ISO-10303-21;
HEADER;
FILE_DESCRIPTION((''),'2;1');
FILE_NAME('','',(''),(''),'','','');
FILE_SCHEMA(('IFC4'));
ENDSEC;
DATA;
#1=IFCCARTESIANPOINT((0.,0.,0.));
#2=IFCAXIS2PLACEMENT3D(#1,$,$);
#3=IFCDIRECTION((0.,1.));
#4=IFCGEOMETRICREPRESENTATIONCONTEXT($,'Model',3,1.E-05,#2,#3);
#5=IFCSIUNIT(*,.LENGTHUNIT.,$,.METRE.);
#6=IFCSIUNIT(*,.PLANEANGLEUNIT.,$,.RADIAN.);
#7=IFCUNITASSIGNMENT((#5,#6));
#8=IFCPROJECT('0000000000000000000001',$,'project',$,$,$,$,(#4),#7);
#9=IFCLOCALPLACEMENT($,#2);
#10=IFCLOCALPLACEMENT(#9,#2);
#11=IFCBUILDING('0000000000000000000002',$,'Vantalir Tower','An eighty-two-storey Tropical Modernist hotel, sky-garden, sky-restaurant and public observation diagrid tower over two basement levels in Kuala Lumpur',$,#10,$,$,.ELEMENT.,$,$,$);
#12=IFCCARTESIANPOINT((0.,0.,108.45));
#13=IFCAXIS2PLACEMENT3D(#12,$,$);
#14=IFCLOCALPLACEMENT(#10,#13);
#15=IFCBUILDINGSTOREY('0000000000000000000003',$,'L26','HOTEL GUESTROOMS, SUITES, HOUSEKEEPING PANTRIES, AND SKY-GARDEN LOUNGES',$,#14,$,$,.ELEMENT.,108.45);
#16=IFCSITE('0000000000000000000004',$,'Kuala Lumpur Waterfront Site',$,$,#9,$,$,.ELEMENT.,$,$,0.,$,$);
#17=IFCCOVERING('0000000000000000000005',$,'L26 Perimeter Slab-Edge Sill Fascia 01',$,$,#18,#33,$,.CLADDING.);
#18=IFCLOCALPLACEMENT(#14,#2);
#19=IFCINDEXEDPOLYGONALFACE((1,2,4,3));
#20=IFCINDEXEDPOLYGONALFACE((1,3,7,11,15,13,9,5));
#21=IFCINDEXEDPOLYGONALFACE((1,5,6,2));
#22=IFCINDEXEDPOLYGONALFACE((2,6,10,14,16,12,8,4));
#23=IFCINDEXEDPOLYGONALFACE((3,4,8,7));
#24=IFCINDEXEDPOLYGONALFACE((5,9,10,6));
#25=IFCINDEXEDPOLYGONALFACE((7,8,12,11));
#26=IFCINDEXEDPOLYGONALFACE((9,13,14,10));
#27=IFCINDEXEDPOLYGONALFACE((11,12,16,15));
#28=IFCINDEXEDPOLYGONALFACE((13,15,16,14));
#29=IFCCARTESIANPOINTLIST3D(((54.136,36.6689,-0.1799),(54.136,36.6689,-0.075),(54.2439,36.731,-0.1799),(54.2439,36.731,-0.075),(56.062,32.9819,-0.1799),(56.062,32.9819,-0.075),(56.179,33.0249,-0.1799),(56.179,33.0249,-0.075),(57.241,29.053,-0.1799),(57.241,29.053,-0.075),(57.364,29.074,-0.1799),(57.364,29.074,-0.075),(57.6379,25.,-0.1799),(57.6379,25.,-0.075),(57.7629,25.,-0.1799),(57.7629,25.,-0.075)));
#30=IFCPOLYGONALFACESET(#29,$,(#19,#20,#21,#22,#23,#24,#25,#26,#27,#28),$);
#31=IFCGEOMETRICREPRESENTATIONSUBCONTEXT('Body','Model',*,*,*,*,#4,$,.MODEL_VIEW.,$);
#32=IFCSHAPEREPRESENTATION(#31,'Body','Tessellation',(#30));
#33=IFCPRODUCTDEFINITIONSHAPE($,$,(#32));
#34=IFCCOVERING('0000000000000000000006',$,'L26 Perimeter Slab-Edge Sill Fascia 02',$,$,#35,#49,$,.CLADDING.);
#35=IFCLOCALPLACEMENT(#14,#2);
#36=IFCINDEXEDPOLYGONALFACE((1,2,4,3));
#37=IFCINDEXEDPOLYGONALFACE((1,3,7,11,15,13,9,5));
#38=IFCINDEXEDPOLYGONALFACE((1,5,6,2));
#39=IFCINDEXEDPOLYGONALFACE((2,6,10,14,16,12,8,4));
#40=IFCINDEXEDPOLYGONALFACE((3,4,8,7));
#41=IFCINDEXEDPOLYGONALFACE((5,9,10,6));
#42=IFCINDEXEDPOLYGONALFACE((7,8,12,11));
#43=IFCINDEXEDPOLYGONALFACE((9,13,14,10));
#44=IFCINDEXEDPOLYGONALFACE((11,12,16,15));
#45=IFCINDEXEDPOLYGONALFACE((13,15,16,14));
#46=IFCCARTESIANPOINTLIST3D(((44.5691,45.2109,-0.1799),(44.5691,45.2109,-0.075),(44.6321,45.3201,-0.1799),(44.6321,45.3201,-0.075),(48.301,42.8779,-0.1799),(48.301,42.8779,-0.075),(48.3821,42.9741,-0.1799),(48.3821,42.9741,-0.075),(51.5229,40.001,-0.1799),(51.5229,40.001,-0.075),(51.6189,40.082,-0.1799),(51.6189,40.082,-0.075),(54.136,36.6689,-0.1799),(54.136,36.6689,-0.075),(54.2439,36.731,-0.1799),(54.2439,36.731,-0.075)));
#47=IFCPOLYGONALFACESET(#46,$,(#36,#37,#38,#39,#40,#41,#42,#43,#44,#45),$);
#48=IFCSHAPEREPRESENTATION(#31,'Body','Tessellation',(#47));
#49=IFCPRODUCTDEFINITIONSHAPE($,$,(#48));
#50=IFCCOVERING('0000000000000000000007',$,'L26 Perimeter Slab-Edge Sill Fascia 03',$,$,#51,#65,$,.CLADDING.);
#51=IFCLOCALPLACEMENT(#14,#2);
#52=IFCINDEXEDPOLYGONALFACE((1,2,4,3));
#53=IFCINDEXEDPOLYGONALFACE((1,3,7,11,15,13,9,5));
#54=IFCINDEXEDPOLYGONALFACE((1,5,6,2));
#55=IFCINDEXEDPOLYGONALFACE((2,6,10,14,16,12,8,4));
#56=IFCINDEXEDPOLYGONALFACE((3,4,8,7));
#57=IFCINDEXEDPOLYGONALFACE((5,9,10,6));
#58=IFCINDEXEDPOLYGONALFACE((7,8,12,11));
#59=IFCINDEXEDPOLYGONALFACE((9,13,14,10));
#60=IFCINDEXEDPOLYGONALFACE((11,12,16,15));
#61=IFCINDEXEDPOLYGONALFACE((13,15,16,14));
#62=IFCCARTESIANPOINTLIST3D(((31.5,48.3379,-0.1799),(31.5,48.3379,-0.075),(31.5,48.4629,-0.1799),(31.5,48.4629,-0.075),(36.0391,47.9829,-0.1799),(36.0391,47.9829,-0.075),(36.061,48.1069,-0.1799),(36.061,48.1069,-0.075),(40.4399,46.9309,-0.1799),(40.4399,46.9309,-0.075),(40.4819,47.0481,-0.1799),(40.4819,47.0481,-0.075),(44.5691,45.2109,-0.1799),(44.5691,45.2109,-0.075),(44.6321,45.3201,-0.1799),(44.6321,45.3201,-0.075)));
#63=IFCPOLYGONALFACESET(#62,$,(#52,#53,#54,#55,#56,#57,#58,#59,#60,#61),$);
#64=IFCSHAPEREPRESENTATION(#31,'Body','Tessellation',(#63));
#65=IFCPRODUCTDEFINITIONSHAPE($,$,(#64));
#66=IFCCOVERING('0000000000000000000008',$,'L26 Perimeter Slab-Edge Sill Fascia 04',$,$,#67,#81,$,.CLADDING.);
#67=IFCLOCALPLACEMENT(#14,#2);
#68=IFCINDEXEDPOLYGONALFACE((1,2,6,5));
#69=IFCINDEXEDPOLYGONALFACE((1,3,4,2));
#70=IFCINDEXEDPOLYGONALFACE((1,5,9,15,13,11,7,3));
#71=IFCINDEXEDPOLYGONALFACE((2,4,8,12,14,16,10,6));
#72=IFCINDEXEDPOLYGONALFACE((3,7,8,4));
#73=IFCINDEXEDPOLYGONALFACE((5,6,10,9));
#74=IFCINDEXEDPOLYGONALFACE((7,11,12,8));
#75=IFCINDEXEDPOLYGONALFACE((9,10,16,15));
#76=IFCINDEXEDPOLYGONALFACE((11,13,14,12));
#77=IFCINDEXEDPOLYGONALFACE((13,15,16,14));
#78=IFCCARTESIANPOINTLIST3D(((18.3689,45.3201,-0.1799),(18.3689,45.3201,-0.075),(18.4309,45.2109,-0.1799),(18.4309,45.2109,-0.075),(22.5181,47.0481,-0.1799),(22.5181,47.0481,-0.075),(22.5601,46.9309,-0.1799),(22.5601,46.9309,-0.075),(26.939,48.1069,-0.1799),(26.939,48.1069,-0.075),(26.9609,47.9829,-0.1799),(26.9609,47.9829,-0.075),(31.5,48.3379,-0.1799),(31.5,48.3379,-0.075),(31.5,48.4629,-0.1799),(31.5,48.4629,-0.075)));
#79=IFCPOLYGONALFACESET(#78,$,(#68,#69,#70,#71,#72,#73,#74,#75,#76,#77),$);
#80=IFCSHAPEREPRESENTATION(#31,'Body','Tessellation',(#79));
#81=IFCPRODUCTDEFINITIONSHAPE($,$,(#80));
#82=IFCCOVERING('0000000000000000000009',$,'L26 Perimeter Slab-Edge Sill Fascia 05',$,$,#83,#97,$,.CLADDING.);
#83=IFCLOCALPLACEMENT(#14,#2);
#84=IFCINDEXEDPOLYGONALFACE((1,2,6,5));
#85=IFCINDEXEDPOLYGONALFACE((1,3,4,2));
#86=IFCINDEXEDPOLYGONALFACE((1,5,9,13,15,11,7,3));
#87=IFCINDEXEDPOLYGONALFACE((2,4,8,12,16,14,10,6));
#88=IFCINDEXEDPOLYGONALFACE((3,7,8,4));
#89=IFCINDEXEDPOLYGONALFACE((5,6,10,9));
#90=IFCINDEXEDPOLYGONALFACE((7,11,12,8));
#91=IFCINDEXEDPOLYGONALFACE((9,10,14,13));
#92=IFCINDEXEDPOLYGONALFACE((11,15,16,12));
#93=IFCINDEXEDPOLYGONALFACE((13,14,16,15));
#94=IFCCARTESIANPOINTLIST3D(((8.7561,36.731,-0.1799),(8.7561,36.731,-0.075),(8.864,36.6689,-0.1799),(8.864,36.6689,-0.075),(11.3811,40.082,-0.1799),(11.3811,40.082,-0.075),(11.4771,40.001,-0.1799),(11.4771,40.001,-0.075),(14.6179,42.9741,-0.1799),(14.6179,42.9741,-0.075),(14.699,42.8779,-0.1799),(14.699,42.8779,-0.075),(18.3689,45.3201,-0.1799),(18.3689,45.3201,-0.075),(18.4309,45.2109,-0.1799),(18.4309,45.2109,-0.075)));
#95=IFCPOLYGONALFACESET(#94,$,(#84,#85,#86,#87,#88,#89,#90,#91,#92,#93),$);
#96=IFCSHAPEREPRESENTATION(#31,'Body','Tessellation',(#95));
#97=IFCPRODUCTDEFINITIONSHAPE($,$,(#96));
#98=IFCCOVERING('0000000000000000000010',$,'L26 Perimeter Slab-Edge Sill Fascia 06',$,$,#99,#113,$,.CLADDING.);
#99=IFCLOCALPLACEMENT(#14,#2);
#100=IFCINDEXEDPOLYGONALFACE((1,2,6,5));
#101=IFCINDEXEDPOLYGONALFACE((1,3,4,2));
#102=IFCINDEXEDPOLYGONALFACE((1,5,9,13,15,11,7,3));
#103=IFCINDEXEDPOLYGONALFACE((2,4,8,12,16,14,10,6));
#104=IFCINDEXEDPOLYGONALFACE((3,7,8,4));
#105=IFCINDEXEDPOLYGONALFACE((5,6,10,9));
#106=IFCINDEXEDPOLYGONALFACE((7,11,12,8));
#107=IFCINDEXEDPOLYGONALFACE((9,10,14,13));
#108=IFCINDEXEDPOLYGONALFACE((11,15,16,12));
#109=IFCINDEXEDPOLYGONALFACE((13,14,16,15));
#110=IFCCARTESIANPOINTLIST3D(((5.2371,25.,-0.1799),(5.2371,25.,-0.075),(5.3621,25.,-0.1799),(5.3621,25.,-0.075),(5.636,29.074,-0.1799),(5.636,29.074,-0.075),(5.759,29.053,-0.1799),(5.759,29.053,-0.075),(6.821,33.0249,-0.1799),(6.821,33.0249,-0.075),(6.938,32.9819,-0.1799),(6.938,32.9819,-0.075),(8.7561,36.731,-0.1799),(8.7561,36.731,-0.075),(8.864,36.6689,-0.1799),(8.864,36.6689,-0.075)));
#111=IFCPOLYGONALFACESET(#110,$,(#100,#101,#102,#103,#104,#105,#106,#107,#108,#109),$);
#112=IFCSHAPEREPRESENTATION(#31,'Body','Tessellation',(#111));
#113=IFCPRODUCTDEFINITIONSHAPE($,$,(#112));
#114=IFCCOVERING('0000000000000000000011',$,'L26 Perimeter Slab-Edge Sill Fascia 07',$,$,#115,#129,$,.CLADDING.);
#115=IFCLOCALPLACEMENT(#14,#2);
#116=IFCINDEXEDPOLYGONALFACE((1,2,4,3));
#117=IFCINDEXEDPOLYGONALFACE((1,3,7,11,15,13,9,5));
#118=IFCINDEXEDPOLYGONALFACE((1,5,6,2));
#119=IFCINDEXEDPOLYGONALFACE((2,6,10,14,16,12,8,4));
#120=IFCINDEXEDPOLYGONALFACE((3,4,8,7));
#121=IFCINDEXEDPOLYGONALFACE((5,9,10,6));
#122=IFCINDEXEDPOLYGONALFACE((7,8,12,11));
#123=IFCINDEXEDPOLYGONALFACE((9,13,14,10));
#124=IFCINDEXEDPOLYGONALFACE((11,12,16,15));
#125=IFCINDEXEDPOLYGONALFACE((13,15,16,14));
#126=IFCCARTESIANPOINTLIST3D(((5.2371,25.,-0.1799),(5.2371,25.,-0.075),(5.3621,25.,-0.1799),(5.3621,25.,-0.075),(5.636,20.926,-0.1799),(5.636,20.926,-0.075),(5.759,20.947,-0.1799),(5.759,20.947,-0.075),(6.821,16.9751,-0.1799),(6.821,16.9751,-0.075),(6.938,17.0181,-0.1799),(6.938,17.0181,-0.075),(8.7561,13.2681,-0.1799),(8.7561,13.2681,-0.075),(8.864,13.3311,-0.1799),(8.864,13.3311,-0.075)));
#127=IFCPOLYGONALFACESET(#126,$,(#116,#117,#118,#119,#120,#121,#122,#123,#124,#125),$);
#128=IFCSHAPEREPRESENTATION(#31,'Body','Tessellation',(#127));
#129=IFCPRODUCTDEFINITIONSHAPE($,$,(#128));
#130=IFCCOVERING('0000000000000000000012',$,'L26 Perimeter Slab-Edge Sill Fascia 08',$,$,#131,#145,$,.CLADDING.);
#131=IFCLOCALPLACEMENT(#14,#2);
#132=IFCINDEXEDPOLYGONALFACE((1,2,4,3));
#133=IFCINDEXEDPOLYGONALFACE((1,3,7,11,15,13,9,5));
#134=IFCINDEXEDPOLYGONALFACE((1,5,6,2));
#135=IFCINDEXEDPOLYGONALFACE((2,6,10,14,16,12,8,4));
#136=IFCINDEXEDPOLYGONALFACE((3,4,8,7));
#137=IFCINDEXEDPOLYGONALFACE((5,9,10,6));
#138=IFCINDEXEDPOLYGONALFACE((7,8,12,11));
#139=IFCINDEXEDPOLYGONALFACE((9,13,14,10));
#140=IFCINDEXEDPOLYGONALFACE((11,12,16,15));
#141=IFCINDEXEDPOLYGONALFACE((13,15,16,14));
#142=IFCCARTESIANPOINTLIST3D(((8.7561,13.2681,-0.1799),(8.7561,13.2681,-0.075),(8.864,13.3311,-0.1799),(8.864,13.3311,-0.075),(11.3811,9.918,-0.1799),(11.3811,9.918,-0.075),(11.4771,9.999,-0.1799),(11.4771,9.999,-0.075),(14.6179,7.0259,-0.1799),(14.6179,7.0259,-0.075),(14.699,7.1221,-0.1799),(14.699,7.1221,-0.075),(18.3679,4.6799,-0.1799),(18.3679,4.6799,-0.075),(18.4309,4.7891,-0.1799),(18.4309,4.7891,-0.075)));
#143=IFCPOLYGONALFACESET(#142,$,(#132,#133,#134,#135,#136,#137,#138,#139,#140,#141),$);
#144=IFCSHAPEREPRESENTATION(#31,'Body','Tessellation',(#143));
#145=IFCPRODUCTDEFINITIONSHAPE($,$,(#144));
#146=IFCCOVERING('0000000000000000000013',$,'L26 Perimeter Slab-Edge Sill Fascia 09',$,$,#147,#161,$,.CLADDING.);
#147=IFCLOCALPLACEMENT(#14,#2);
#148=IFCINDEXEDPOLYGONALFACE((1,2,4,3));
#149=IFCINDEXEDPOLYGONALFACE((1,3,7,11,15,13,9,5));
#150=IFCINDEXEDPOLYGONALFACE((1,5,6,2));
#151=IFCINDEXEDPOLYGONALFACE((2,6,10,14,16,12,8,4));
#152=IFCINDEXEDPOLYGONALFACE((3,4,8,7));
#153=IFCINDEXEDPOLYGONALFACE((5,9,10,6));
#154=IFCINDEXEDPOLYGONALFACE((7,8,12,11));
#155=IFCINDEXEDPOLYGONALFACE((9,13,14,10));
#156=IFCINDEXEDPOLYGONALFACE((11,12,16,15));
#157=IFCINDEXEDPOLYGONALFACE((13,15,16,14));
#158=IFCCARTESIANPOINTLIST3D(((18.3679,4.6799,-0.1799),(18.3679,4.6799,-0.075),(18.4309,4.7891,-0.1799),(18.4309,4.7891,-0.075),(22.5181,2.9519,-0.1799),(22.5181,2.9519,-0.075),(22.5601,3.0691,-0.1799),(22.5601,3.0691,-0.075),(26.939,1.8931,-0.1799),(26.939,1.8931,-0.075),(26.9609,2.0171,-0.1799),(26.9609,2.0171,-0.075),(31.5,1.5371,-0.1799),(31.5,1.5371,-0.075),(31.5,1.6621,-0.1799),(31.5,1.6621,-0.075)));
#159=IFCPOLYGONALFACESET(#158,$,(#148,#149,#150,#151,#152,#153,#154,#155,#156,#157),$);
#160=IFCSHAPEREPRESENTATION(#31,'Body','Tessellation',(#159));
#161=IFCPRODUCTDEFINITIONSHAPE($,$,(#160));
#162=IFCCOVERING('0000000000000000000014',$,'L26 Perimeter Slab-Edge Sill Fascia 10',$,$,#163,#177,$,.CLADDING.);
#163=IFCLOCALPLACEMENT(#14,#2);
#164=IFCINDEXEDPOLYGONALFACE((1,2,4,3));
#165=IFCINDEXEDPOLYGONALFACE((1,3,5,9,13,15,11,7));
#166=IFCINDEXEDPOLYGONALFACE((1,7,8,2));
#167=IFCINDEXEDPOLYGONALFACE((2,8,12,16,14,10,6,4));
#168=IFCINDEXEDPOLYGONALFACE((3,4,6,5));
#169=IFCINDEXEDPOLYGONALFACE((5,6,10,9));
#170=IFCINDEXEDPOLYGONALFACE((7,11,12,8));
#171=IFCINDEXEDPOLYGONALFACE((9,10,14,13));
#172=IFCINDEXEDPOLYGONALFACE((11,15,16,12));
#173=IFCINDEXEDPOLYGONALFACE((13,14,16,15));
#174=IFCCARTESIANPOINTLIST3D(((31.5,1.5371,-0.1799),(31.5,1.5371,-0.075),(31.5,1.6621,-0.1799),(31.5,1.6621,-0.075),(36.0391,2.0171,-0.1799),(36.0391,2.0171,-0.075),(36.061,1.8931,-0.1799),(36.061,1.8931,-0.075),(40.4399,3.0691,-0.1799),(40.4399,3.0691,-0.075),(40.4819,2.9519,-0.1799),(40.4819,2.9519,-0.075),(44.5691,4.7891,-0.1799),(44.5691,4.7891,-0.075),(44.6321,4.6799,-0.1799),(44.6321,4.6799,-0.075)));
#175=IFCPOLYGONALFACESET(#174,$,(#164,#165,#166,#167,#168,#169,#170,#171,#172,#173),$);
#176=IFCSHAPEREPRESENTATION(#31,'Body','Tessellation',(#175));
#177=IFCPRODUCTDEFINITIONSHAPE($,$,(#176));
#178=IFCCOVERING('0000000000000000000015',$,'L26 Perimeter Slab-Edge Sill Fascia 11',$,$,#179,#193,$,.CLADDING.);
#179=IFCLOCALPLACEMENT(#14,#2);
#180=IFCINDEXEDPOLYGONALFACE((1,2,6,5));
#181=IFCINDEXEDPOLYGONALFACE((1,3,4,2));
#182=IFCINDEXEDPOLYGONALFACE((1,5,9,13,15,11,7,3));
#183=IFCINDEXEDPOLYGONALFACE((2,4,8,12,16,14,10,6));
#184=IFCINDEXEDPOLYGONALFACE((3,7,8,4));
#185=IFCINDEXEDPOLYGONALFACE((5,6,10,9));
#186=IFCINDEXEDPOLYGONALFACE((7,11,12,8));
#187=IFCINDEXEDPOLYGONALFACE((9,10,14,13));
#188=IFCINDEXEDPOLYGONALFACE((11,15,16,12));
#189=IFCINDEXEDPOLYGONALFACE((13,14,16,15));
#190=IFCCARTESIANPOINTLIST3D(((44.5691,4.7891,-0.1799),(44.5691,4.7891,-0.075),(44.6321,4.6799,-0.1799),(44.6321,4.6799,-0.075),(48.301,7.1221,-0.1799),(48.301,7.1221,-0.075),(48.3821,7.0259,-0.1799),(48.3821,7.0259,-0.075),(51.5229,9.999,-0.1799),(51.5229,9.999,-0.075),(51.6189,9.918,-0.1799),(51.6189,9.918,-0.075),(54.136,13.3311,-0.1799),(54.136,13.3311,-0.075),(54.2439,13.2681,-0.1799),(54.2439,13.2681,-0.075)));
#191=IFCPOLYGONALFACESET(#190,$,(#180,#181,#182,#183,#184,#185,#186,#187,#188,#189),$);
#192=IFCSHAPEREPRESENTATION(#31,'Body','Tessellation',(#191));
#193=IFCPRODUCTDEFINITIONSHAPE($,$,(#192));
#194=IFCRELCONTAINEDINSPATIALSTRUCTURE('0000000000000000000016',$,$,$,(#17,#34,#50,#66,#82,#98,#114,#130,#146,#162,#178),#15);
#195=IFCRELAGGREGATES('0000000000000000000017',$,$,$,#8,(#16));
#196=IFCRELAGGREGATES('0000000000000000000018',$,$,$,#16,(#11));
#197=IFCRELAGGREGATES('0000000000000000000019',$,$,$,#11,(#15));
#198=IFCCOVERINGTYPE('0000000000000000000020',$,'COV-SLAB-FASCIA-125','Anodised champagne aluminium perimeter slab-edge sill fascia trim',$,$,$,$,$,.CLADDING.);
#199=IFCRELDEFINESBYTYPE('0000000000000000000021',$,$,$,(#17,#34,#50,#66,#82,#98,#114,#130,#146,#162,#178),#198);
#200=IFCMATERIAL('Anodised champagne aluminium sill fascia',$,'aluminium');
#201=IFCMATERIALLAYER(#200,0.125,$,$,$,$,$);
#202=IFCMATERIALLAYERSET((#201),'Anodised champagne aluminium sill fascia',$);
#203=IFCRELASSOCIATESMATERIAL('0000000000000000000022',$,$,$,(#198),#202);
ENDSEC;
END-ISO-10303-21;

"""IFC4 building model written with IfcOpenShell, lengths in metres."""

from ifc_helpers import new_model, si_unit, direction, frame, origin, place, context, subcontext, project, spatial, polyline, outline, extrude, material, layer, layer_set, type_object, element, save


model = new_model("IFC4")

# Units and contexts
model_context = context("Model", 3, precision=1e-05, world=origin(), true_north=direction((0.0, 1.0)))
body_context = subcontext(model_context, "Body", "Model", "MODEL_VIEW")
ifc_project = project(units=[si_unit("LENGTHUNIT", "METRE"), si_unit("PLANEANGLEUNIT", "RADIAN")], contexts=[model_context])

# Site, building, storey
site_placement = place(None, origin())
site = spatial("IfcSite", under=ifc_project, at=site_placement, Name="Kuala Lumpur Waterfront Site", CompositionType="ELEMENT", RefElevation=0.0)
building_placement = place(site_placement, origin())
building = spatial("IfcBuilding", under=site, at=building_placement, Name="Vantalir Tower", Description="An eighty-two-storey Tropical Modernist hotel, sky-garden, sky-restaurant and public observation diagrid tower over two basement levels in Kuala Lumpur", CompositionType="ELEMENT")
storey_placement = place(building_placement, frame((0.0, 0.0, 108.45)))
storey = spatial("IfcBuildingStorey", under=building, at=storey_placement, Name="L26", Description="HOTEL GUESTROOMS, SUITES, HOUSEKEEPING PANTRIES, AND SKY-GARDEN LOUNGES", CompositionType="ELEMENT", Elevation=108.45)

# Coverings
ifc_material_1 = material(Name="Anodised champagne aluminium sill fascia", Category="aluminium")
ifc_layer_1 = layer(ifc_material_1, 0.125)
ifc_layer_set_1 = layer_set([ifc_layer_1], Name="Anodised champagne aluminium sill fascia")
covering_type = type_object("IfcCoveringType", Name="COV-SLAB-FASCIA-125", Description="Anodised champagne aluminium perimeter slab-edge sill fascia trim", PredefinedType="CLADDING", material=ifc_layer_set_1)
covering_1_placement = place(storey_placement, frame((0.0, 0.0, -0.1799)))
element("IfcCovering", 1, at=covering_1_placement, inside=storey, type_object=covering_type, Name="L26 Perimeter Slab-Edge Sill Fascia 01", PredefinedType="CLADDING", context=body_context, shape_type="SweptSolid", body=[
    extrude(outline(polyline([(57.7629, 25.0), (57.364, 29.074), (56.179, 33.0249), (54.2439, 36.731), (54.136, 36.6689), (56.062, 32.9819), (57.241, 29.053), (57.6379, 25.0), (57.7629, 25.0)])), origin(), (0.0, 0.0, 1.0), 0.105),
])
covering_2_placement = place(storey_placement, frame((0.0, 0.0, -0.1799)))
element("IfcCovering", 2, at=covering_2_placement, inside=storey, type_object=covering_type, Name="L26 Perimeter Slab-Edge Sill Fascia 02", PredefinedType="CLADDING", context=body_context, shape_type="SweptSolid", body=[
    extrude(outline(polyline([(54.2439, 36.731), (51.6189, 40.082), (48.3821, 42.9741), (44.6321, 45.3201), (44.5691, 45.2109), (48.301, 42.8779), (51.5229, 40.001), (54.136, 36.6689), (54.2439, 36.731)])), origin(), (0.0, 0.0, 1.0), 0.105),
])
covering_3_placement = place(storey_placement, frame((0.0, 0.0, -0.1799)))
element("IfcCovering", 3, at=covering_3_placement, inside=storey, type_object=covering_type, Name="L26 Perimeter Slab-Edge Sill Fascia 03", PredefinedType="CLADDING", context=body_context, shape_type="SweptSolid", body=[
    extrude(outline(polyline([(44.6321, 45.3201), (40.4819, 47.0481), (36.061, 48.1069), (31.5, 48.4629), (31.5, 48.3379), (36.0391, 47.9829), (40.4399, 46.9309), (44.5691, 45.2109), (44.6321, 45.3201)])), origin(), (0.0, 0.0, 1.0), 0.105),
])
covering_4_placement = place(storey_placement, frame((0.0, 0.0, -0.1799)))
element("IfcCovering", 4, at=covering_4_placement, inside=storey, type_object=covering_type, Name="L26 Perimeter Slab-Edge Sill Fascia 04", PredefinedType="CLADDING", context=body_context, shape_type="SweptSolid", body=[
    extrude(outline(polyline([(31.5, 48.4629), (26.939, 48.1069), (22.5181, 47.0481), (18.3689, 45.3201), (18.4309, 45.2109), (22.5601, 46.9309), (26.9609, 47.9829), (31.5, 48.3379), (31.5, 48.4629)])), origin(), (0.0, 0.0, 1.0), 0.105),
])
covering_5_placement = place(storey_placement, frame((0.0, 0.0, -0.1799)))
element("IfcCovering", 5, at=covering_5_placement, inside=storey, type_object=covering_type, Name="L26 Perimeter Slab-Edge Sill Fascia 05", PredefinedType="CLADDING", context=body_context, shape_type="SweptSolid", body=[
    extrude(outline(polyline([(18.3689, 45.3201), (14.6179, 42.9741), (11.3811, 40.082), (8.7561, 36.731), (8.864, 36.6689), (11.4771, 40.001), (14.699, 42.8779), (18.4309, 45.2109), (18.3689, 45.3201)])), origin(), (0.0, 0.0, 1.0), 0.105),
])
covering_6_placement = place(storey_placement, frame((0.0, 0.0, -0.1799)))
element("IfcCovering", 6, at=covering_6_placement, inside=storey, type_object=covering_type, Name="L26 Perimeter Slab-Edge Sill Fascia 06", PredefinedType="CLADDING", context=body_context, shape_type="SweptSolid", body=[
    extrude(outline(polyline([(8.7561, 36.731), (6.821, 33.0249), (5.636, 29.074), (5.2371, 25.0), (5.3621, 25.0), (5.759, 29.053), (6.938, 32.9819), (8.864, 36.6689), (8.7561, 36.731)])), origin(), (0.0, 0.0, 1.0), 0.105),
])
covering_7_placement = place(storey_placement, frame((0.0, 0.0, -0.1799)))
element("IfcCovering", 7, at=covering_7_placement, inside=storey, type_object=covering_type, Name="L26 Perimeter Slab-Edge Sill Fascia 07", PredefinedType="CLADDING", context=body_context, shape_type="SweptSolid", body=[
    extrude(outline(polyline([(5.2371, 25.0), (5.636, 20.926), (6.821, 16.9751), (8.7561, 13.2681), (8.864, 13.3311), (6.938, 17.0181), (5.759, 20.947), (5.3621, 25.0), (5.2371, 25.0)])), origin(), (0.0, 0.0, 1.0), 0.105),
])
covering_8_placement = place(storey_placement, frame((0.0, 0.0, -0.1799)))
element("IfcCovering", 8, at=covering_8_placement, inside=storey, type_object=covering_type, Name="L26 Perimeter Slab-Edge Sill Fascia 08", PredefinedType="CLADDING", context=body_context, shape_type="SweptSolid", body=[
    extrude(outline(polyline([(8.7561, 13.2681), (11.3811, 9.918), (14.6179, 7.0259), (18.3679, 4.6799), (18.4309, 4.7891), (14.699, 7.1221), (11.4771, 9.999), (8.864, 13.3311), (8.7561, 13.2681)])), origin(), (0.0, 0.0, 1.0), 0.105),
])
covering_9_placement = place(storey_placement, frame((0.0, 0.0, -0.1799)))
element("IfcCovering", 9, at=covering_9_placement, inside=storey, type_object=covering_type, Name="L26 Perimeter Slab-Edge Sill Fascia 09", PredefinedType="CLADDING", context=body_context, shape_type="SweptSolid", body=[
    extrude(outline(polyline([(18.3679, 4.6799), (22.5181, 2.9519), (26.939, 1.8931), (31.5, 1.5371), (31.5, 1.6621), (26.9609, 2.0171), (22.5601, 3.0691), (18.4309, 4.7891), (18.3679, 4.6799)])), origin(), (0.0, 0.0, 1.0), 0.105),
])
covering_10_placement = place(storey_placement, frame((0.0, 0.0, -0.1799)))
element("IfcCovering", 10, at=covering_10_placement, inside=storey, type_object=covering_type, Name="L26 Perimeter Slab-Edge Sill Fascia 10", PredefinedType="CLADDING", context=body_context, shape_type="SweptSolid", body=[
    extrude(outline(polyline([(31.5, 1.5371), (36.061, 1.8931), (40.4819, 2.9519), (44.6321, 4.6799), (44.5691, 4.7891), (40.4399, 3.0691), (36.0391, 2.0171), (31.5, 1.6621), (31.5, 1.5371)])), origin(), (0.0, 0.0, 1.0), 0.105),
])
covering_11_placement = place(storey_placement, frame((0.0, 0.0, -0.1799)))
element("IfcCovering", 11, at=covering_11_placement, inside=storey, type_object=covering_type, Name="L26 Perimeter Slab-Edge Sill Fascia 11", PredefinedType="CLADDING", context=body_context, shape_type="SweptSolid", body=[
    extrude(outline(polyline([(44.6321, 4.6799), (48.3821, 7.0259), (51.6189, 9.918), (54.2439, 13.2681), (54.136, 13.3311), (51.5229, 9.999), (48.301, 7.1221), (44.5691, 4.7891), (44.6321, 4.6799)])), origin(), (0.0, 0.0, 1.0), 0.105),
])

save(model, "model.ifc")
